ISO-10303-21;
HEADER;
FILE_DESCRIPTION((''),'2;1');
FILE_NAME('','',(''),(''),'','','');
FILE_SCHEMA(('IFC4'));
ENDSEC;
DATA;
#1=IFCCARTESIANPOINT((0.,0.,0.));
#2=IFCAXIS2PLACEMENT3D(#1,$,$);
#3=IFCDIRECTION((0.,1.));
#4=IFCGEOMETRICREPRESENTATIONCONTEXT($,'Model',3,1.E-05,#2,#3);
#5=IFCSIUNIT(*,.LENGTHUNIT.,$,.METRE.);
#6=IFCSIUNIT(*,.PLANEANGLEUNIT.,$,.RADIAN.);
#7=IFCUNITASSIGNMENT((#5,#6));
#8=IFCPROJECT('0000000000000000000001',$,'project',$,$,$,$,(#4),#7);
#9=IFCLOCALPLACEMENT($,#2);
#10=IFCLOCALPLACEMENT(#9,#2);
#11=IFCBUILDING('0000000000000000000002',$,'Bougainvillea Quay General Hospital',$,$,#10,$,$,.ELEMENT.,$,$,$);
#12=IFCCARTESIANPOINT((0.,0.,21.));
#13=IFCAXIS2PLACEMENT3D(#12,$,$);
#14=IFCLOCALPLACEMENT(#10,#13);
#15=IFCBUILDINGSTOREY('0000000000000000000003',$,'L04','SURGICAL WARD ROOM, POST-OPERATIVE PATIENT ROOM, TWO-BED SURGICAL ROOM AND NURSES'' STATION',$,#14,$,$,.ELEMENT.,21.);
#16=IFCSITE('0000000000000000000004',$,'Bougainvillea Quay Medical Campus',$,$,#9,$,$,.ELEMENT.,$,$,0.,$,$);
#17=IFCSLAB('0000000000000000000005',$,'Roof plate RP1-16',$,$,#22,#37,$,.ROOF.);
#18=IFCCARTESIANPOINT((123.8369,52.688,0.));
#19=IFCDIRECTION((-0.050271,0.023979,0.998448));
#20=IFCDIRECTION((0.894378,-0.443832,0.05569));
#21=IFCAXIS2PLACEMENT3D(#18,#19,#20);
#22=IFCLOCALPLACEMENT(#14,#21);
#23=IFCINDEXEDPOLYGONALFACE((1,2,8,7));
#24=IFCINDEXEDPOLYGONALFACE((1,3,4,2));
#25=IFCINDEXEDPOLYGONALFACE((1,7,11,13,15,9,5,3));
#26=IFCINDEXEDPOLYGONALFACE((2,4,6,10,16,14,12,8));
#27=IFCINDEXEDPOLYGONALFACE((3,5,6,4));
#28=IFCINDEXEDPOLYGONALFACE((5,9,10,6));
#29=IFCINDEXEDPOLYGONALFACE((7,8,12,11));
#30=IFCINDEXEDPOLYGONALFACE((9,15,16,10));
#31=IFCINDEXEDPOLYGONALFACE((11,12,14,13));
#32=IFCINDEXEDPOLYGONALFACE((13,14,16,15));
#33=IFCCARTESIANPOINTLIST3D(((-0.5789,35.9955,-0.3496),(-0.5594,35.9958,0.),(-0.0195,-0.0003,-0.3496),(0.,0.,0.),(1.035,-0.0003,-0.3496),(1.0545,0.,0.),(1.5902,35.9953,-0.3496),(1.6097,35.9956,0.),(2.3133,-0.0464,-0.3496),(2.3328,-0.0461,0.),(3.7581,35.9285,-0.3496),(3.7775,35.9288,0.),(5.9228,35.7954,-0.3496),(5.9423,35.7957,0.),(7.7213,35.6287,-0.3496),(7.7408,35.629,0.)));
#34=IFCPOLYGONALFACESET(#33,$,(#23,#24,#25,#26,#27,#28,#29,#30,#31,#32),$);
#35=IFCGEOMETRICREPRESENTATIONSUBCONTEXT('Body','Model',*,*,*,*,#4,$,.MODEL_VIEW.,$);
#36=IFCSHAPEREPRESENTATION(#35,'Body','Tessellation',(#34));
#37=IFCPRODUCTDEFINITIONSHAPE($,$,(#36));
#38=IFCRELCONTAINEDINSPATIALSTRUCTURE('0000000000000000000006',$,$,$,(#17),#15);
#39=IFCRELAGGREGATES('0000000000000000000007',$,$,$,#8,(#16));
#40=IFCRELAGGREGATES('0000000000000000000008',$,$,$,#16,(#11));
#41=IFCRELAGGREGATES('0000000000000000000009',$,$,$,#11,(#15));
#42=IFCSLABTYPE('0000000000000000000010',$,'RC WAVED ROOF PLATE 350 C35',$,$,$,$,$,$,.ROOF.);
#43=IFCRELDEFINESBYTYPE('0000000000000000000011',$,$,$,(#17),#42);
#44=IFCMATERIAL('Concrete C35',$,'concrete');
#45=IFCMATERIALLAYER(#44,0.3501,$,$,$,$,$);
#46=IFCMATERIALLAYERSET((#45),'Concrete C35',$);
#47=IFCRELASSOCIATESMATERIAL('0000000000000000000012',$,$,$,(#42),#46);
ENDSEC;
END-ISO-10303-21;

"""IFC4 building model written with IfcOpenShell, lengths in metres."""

from ifc_helpers import new_model, si_unit, direction, frame, origin, place, context, subcontext, project, spatial, polyline, outline, extrude, material, layer, layer_set, type_object, element, save


model = new_model("IFC4")

# Units and contexts
model_context = context("Model", 3, precision=1e-05, world=origin(), true_north=direction((0.0, 1.0)))
body_context = subcontext(model_context, "Body", "Model", "MODEL_VIEW")
ifc_project = project(units=[si_unit("LENGTHUNIT", "METRE"), si_unit("PLANEANGLEUNIT", "RADIAN")], contexts=[model_context])

# Site, building, storey
site_placement = place(None, origin())
site = spatial("IfcSite", under=ifc_project, at=site_placement, Name="Bougainvillea Quay Medical Campus", CompositionType="ELEMENT", RefElevation=0.0)
building_placement = place(site_placement, origin())
building = spatial("IfcBuilding", under=site, at=building_placement, Name="Bougainvillea Quay General Hospital", CompositionType="ELEMENT")
storey_placement = place(building_placement, frame((0.0, 0.0, 21.0)))
storey = spatial("IfcBuildingStorey", under=building, at=storey_placement, Name="L04", Description="SURGICAL WARD ROOM, POST-OPERATIVE PATIENT ROOM, TWO-BED SURGICAL ROOM AND NURSES' STATION", CompositionType="ELEMENT", Elevation=21.0)

# Slab
ifc_material_1 = material(Name="Concrete C35", Category="concrete")
ifc_layer = layer(ifc_material_1, 0.3501)
ifc_layer_set = layer_set([ifc_layer], Name="Concrete C35")
slab_type = type_object("IfcSlabType", Name="RC WAVED ROOF PLATE 350 C35", PredefinedType="ROOF", material=ifc_layer_set)
slab_1_placement = place(storey_placement, frame((123.8369, 52.688, 0.0), z_axis=(-0.050271, 0.023979, 0.998448), x_axis=(0.894378, -0.443832, 0.05569)))
element("IfcSlab", 1, at=slab_1_placement, inside=storey, type_object=slab_type, Name="Roof plate RP1-16", PredefinedType="ROOF", context=body_context, shape_type="SweptSolid", body=[
    extrude(outline(polyline([(0.0, 0.0), (1.0545, 0.0), (2.3328, -0.0461), (7.7408, 35.629), (5.9423, 35.7957), (3.7775, 35.9288), (1.6097, 35.9956), (-0.5594, 35.9958), (0.0, 0.0)])), origin(), (-0.05569, -0.000866, -0.998448), 0.3501),
])

save(model, "model.ifc")
